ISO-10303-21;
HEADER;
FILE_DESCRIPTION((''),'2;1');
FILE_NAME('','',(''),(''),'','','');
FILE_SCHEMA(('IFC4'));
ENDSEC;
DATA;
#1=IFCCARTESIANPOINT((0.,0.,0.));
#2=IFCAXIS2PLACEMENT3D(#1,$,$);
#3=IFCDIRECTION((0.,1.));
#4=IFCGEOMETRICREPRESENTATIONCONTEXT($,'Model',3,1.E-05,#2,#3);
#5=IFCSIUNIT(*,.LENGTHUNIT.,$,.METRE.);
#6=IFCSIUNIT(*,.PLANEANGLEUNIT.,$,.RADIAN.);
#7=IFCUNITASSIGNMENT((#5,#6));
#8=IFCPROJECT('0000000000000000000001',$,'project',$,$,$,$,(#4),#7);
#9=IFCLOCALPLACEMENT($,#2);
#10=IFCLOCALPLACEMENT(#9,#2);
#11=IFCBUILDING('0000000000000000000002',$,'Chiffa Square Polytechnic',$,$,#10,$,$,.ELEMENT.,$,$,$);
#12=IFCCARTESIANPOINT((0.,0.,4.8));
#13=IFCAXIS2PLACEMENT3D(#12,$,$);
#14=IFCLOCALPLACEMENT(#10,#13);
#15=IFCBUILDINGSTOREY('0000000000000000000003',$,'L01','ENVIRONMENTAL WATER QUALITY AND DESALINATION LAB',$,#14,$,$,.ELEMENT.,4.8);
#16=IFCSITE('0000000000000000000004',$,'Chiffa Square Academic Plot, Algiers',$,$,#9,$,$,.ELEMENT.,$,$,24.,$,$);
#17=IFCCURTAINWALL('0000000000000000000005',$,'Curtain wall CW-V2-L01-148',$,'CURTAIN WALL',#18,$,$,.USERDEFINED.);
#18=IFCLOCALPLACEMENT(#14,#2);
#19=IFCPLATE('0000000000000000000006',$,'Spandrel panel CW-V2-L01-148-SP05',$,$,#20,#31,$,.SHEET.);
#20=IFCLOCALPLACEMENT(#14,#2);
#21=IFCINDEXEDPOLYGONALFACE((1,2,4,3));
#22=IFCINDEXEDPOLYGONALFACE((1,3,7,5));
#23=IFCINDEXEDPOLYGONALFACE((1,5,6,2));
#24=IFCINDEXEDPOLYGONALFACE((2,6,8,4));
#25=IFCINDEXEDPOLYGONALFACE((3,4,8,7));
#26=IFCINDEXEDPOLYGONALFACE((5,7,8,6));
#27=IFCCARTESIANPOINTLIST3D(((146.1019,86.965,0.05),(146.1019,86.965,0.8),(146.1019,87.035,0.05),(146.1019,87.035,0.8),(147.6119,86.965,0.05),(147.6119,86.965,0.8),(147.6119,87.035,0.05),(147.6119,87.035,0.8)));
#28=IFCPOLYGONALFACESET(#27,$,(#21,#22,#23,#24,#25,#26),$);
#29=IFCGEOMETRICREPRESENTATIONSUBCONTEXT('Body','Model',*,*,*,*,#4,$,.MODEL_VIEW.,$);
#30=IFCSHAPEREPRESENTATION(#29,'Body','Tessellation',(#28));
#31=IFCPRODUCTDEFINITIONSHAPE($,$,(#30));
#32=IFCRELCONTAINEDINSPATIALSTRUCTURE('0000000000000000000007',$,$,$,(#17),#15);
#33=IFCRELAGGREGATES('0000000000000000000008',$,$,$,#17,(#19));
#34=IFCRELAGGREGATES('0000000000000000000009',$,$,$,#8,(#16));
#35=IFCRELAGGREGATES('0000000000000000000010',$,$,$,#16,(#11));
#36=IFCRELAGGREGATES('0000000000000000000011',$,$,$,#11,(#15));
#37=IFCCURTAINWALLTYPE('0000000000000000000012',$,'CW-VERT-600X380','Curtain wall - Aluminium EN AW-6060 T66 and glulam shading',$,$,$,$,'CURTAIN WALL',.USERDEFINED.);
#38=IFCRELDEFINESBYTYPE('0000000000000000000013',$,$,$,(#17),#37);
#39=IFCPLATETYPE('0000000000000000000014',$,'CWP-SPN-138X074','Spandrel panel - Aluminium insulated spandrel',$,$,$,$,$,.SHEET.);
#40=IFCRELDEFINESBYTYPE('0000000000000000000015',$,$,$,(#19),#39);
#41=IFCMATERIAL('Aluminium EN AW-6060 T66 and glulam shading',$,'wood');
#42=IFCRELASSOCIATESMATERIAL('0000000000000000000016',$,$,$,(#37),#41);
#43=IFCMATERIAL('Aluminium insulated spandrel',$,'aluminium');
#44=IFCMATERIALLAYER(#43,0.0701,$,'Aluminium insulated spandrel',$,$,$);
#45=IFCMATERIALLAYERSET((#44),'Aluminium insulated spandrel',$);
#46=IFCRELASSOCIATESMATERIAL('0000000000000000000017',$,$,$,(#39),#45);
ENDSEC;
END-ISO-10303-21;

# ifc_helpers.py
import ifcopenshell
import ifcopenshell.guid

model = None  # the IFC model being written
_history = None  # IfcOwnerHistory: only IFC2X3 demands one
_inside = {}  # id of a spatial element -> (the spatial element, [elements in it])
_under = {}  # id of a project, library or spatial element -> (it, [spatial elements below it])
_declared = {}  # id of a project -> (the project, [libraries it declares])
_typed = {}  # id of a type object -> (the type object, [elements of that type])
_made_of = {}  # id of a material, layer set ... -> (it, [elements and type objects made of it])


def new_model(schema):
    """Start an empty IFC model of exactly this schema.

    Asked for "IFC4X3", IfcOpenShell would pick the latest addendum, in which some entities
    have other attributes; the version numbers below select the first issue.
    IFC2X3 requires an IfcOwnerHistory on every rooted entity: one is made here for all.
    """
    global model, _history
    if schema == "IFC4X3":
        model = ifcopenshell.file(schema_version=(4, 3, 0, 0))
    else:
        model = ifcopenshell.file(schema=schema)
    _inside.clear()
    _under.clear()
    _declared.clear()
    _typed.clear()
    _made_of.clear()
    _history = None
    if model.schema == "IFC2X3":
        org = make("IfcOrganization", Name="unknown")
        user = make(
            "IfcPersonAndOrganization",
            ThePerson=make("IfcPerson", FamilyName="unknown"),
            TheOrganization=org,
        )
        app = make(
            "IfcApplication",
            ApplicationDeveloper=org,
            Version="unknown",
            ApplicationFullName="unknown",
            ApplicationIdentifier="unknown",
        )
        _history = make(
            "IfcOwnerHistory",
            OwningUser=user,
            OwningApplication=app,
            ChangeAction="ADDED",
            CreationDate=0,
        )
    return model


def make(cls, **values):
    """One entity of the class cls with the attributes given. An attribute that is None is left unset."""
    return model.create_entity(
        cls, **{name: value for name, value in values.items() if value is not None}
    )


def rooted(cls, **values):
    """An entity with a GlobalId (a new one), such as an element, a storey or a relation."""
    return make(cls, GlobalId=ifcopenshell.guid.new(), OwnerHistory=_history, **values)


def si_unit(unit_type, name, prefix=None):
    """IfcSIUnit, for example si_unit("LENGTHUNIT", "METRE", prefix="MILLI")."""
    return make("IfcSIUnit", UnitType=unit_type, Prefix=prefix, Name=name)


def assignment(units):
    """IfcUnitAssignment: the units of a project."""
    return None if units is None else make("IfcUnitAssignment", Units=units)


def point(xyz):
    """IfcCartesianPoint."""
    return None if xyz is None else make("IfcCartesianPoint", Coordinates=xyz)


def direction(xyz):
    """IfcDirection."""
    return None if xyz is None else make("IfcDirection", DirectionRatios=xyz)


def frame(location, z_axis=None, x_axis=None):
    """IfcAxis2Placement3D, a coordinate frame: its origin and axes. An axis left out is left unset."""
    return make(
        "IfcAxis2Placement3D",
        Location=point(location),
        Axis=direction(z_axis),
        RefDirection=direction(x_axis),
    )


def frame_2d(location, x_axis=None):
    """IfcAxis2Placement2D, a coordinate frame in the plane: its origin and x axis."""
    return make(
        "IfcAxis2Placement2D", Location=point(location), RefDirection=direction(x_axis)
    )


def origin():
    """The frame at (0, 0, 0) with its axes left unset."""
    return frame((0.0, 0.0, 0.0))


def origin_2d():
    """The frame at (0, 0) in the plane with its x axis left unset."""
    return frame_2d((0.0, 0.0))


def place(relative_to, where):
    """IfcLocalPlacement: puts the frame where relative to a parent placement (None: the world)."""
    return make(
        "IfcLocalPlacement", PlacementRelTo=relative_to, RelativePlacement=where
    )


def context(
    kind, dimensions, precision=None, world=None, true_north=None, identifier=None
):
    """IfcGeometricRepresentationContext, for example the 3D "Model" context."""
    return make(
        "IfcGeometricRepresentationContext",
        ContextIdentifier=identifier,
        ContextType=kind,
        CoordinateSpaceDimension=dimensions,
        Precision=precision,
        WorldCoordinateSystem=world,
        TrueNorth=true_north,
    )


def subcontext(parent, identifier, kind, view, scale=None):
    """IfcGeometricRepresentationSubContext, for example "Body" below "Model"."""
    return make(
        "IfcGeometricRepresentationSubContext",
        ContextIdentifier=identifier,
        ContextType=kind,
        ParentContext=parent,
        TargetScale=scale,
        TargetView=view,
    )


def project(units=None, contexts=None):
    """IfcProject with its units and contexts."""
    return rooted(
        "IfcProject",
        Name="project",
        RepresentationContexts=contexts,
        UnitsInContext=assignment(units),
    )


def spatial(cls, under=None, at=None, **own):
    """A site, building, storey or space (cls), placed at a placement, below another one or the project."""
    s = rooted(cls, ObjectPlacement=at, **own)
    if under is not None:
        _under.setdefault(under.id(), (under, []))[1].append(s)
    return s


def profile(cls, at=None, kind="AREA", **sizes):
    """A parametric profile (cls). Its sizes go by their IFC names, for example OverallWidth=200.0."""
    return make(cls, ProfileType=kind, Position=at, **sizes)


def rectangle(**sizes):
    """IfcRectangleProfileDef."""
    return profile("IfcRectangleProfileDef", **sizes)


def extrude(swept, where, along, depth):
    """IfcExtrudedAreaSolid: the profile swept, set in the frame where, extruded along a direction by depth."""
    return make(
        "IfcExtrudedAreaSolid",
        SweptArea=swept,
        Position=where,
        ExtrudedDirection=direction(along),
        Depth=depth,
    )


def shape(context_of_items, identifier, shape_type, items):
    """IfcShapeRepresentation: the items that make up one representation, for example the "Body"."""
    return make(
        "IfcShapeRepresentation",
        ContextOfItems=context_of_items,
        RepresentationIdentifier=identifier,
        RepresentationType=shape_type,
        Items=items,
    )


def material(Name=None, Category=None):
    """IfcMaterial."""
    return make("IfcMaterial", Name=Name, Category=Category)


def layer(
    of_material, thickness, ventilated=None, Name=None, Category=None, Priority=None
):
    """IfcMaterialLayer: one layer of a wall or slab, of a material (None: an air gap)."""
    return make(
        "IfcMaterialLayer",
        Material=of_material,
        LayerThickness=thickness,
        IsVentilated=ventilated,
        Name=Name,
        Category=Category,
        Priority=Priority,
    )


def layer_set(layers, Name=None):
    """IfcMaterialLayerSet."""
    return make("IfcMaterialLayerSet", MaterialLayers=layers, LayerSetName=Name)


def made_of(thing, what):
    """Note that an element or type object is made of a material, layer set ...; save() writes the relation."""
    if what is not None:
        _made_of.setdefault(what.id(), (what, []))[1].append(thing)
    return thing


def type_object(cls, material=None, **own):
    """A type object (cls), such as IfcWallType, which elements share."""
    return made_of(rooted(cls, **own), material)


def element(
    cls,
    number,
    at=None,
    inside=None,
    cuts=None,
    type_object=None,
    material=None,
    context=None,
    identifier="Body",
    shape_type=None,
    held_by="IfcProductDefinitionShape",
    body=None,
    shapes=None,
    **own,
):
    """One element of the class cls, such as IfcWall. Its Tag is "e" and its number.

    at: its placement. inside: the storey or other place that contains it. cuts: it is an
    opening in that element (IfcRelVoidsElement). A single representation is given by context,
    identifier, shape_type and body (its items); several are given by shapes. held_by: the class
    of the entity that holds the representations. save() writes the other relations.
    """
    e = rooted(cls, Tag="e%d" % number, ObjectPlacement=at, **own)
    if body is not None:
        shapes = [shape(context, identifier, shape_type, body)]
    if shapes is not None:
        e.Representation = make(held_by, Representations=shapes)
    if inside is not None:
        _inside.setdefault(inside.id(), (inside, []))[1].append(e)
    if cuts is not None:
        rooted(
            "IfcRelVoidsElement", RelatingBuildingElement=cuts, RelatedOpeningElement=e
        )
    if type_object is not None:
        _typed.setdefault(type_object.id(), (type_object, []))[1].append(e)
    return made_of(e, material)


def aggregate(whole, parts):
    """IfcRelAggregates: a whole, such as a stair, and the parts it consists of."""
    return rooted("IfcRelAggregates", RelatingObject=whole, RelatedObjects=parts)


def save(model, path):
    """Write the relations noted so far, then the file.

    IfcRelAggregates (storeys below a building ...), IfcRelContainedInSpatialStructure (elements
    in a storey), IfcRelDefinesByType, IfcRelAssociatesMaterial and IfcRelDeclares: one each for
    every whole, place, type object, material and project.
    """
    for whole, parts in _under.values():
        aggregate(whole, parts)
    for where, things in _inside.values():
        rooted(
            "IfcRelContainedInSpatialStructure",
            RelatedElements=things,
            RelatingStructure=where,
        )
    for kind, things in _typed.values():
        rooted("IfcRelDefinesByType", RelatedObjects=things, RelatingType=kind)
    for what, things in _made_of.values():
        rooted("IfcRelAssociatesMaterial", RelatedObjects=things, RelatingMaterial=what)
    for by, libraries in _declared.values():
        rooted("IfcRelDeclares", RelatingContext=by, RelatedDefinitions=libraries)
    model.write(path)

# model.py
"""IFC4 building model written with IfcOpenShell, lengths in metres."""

from ifc_helpers import new_model, si_unit, direction, frame, origin, origin_2d, place, context, subcontext, project, spatial, rectangle, extrude, material, layer, layer_set, type_object, element, aggregate, save


model = new_model("IFC4")

# Units and contexts
model_context = context("Model", 3, precision=1e-05, world=origin(), true_north=direction((0.0, 1.0)))
body_context = subcontext(model_context, "Body", "Model", "MODEL_VIEW")
ifc_project = project(units=[si_unit("LENGTHUNIT", "METRE"), si_unit("PLANEANGLEUNIT", "RADIAN")], contexts=[model_context])

# Site, building, storey
site_placement = place(None, origin())
site = spatial("IfcSite", under=ifc_project, at=site_placement, Name="Chiffa Square Academic Plot, Algiers", CompositionType="ELEMENT", RefElevation=24.0)
building_placement = place(site_placement, origin())
building = spatial("IfcBuilding", under=site, at=building_placement, Name="Chiffa Square Polytechnic", CompositionType="ELEMENT")
storey_placement = place(building_placement, frame((0.0, 0.0, 4.8)))
storey = spatial("IfcBuildingStorey", under=building, at=storey_placement, Name="L01", Description="ENVIRONMENTAL WATER QUALITY AND DESALINATION LAB", CompositionType="ELEMENT", Elevation=4.8)

# Curtain wall, plate
ifc_material_1 = material(Name="Aluminium EN AW-6060 T66 and glulam shading", Category="wood")
curtain_wall_type = type_object("IfcCurtainWallType", Name="CW-VERT-600X380", Description="Curtain wall - Aluminium EN AW-6060 T66 and glulam shading", ElementType="CURTAIN WALL", PredefinedType="USERDEFINED", material=ifc_material_1)
curtain_wall_placement = place(storey_placement, origin())
curtain_wall = element("IfcCurtainWall", 1, at=curtain_wall_placement, inside=storey, type_object=curtain_wall_type, Name="Curtain wall CW-V2-L01-148", ObjectType="CURTAIN WALL", PredefinedType="USERDEFINED")
ifc_material_2 = material(Name="Aluminium insulated spandrel", Category="aluminium")
ifc_layer_1 = layer(ifc_material_2, 0.0701, Name="Aluminium insulated spandrel")
ifc_layer_set_1 = layer_set([ifc_layer_1], Name="Aluminium insulated spandrel")
plate_type_1 = type_object("IfcPlateType", Name="CWP-SPN-138X074", Description="Spandrel panel - Aluminium insulated spandrel", PredefinedType="SHEET", material=ifc_layer_set_1)
plate_1_placement = place(storey_placement, frame((146.8569, 87.0, 0.05), z_axis=(0.0, 0.0, 1.0), x_axis=(1.0, 0.0, 0.0)))
plate_1 = element("IfcPlate", 2, at=plate_1_placement, type_object=plate_type_1, Name="Spandrel panel CW-V2-L01-148-SP05", PredefinedType="SHEET", context=body_context, shape_type="SweptSolid", body=[
    extrude(rectangle(XDim=1.51, YDim=0.0701, at=origin_2d()), origin(), (0.0, 0.0, 1.0), 0.75),
])
aggregate(curtain_wall, [plate_1])

save(model, "model.ifc")
